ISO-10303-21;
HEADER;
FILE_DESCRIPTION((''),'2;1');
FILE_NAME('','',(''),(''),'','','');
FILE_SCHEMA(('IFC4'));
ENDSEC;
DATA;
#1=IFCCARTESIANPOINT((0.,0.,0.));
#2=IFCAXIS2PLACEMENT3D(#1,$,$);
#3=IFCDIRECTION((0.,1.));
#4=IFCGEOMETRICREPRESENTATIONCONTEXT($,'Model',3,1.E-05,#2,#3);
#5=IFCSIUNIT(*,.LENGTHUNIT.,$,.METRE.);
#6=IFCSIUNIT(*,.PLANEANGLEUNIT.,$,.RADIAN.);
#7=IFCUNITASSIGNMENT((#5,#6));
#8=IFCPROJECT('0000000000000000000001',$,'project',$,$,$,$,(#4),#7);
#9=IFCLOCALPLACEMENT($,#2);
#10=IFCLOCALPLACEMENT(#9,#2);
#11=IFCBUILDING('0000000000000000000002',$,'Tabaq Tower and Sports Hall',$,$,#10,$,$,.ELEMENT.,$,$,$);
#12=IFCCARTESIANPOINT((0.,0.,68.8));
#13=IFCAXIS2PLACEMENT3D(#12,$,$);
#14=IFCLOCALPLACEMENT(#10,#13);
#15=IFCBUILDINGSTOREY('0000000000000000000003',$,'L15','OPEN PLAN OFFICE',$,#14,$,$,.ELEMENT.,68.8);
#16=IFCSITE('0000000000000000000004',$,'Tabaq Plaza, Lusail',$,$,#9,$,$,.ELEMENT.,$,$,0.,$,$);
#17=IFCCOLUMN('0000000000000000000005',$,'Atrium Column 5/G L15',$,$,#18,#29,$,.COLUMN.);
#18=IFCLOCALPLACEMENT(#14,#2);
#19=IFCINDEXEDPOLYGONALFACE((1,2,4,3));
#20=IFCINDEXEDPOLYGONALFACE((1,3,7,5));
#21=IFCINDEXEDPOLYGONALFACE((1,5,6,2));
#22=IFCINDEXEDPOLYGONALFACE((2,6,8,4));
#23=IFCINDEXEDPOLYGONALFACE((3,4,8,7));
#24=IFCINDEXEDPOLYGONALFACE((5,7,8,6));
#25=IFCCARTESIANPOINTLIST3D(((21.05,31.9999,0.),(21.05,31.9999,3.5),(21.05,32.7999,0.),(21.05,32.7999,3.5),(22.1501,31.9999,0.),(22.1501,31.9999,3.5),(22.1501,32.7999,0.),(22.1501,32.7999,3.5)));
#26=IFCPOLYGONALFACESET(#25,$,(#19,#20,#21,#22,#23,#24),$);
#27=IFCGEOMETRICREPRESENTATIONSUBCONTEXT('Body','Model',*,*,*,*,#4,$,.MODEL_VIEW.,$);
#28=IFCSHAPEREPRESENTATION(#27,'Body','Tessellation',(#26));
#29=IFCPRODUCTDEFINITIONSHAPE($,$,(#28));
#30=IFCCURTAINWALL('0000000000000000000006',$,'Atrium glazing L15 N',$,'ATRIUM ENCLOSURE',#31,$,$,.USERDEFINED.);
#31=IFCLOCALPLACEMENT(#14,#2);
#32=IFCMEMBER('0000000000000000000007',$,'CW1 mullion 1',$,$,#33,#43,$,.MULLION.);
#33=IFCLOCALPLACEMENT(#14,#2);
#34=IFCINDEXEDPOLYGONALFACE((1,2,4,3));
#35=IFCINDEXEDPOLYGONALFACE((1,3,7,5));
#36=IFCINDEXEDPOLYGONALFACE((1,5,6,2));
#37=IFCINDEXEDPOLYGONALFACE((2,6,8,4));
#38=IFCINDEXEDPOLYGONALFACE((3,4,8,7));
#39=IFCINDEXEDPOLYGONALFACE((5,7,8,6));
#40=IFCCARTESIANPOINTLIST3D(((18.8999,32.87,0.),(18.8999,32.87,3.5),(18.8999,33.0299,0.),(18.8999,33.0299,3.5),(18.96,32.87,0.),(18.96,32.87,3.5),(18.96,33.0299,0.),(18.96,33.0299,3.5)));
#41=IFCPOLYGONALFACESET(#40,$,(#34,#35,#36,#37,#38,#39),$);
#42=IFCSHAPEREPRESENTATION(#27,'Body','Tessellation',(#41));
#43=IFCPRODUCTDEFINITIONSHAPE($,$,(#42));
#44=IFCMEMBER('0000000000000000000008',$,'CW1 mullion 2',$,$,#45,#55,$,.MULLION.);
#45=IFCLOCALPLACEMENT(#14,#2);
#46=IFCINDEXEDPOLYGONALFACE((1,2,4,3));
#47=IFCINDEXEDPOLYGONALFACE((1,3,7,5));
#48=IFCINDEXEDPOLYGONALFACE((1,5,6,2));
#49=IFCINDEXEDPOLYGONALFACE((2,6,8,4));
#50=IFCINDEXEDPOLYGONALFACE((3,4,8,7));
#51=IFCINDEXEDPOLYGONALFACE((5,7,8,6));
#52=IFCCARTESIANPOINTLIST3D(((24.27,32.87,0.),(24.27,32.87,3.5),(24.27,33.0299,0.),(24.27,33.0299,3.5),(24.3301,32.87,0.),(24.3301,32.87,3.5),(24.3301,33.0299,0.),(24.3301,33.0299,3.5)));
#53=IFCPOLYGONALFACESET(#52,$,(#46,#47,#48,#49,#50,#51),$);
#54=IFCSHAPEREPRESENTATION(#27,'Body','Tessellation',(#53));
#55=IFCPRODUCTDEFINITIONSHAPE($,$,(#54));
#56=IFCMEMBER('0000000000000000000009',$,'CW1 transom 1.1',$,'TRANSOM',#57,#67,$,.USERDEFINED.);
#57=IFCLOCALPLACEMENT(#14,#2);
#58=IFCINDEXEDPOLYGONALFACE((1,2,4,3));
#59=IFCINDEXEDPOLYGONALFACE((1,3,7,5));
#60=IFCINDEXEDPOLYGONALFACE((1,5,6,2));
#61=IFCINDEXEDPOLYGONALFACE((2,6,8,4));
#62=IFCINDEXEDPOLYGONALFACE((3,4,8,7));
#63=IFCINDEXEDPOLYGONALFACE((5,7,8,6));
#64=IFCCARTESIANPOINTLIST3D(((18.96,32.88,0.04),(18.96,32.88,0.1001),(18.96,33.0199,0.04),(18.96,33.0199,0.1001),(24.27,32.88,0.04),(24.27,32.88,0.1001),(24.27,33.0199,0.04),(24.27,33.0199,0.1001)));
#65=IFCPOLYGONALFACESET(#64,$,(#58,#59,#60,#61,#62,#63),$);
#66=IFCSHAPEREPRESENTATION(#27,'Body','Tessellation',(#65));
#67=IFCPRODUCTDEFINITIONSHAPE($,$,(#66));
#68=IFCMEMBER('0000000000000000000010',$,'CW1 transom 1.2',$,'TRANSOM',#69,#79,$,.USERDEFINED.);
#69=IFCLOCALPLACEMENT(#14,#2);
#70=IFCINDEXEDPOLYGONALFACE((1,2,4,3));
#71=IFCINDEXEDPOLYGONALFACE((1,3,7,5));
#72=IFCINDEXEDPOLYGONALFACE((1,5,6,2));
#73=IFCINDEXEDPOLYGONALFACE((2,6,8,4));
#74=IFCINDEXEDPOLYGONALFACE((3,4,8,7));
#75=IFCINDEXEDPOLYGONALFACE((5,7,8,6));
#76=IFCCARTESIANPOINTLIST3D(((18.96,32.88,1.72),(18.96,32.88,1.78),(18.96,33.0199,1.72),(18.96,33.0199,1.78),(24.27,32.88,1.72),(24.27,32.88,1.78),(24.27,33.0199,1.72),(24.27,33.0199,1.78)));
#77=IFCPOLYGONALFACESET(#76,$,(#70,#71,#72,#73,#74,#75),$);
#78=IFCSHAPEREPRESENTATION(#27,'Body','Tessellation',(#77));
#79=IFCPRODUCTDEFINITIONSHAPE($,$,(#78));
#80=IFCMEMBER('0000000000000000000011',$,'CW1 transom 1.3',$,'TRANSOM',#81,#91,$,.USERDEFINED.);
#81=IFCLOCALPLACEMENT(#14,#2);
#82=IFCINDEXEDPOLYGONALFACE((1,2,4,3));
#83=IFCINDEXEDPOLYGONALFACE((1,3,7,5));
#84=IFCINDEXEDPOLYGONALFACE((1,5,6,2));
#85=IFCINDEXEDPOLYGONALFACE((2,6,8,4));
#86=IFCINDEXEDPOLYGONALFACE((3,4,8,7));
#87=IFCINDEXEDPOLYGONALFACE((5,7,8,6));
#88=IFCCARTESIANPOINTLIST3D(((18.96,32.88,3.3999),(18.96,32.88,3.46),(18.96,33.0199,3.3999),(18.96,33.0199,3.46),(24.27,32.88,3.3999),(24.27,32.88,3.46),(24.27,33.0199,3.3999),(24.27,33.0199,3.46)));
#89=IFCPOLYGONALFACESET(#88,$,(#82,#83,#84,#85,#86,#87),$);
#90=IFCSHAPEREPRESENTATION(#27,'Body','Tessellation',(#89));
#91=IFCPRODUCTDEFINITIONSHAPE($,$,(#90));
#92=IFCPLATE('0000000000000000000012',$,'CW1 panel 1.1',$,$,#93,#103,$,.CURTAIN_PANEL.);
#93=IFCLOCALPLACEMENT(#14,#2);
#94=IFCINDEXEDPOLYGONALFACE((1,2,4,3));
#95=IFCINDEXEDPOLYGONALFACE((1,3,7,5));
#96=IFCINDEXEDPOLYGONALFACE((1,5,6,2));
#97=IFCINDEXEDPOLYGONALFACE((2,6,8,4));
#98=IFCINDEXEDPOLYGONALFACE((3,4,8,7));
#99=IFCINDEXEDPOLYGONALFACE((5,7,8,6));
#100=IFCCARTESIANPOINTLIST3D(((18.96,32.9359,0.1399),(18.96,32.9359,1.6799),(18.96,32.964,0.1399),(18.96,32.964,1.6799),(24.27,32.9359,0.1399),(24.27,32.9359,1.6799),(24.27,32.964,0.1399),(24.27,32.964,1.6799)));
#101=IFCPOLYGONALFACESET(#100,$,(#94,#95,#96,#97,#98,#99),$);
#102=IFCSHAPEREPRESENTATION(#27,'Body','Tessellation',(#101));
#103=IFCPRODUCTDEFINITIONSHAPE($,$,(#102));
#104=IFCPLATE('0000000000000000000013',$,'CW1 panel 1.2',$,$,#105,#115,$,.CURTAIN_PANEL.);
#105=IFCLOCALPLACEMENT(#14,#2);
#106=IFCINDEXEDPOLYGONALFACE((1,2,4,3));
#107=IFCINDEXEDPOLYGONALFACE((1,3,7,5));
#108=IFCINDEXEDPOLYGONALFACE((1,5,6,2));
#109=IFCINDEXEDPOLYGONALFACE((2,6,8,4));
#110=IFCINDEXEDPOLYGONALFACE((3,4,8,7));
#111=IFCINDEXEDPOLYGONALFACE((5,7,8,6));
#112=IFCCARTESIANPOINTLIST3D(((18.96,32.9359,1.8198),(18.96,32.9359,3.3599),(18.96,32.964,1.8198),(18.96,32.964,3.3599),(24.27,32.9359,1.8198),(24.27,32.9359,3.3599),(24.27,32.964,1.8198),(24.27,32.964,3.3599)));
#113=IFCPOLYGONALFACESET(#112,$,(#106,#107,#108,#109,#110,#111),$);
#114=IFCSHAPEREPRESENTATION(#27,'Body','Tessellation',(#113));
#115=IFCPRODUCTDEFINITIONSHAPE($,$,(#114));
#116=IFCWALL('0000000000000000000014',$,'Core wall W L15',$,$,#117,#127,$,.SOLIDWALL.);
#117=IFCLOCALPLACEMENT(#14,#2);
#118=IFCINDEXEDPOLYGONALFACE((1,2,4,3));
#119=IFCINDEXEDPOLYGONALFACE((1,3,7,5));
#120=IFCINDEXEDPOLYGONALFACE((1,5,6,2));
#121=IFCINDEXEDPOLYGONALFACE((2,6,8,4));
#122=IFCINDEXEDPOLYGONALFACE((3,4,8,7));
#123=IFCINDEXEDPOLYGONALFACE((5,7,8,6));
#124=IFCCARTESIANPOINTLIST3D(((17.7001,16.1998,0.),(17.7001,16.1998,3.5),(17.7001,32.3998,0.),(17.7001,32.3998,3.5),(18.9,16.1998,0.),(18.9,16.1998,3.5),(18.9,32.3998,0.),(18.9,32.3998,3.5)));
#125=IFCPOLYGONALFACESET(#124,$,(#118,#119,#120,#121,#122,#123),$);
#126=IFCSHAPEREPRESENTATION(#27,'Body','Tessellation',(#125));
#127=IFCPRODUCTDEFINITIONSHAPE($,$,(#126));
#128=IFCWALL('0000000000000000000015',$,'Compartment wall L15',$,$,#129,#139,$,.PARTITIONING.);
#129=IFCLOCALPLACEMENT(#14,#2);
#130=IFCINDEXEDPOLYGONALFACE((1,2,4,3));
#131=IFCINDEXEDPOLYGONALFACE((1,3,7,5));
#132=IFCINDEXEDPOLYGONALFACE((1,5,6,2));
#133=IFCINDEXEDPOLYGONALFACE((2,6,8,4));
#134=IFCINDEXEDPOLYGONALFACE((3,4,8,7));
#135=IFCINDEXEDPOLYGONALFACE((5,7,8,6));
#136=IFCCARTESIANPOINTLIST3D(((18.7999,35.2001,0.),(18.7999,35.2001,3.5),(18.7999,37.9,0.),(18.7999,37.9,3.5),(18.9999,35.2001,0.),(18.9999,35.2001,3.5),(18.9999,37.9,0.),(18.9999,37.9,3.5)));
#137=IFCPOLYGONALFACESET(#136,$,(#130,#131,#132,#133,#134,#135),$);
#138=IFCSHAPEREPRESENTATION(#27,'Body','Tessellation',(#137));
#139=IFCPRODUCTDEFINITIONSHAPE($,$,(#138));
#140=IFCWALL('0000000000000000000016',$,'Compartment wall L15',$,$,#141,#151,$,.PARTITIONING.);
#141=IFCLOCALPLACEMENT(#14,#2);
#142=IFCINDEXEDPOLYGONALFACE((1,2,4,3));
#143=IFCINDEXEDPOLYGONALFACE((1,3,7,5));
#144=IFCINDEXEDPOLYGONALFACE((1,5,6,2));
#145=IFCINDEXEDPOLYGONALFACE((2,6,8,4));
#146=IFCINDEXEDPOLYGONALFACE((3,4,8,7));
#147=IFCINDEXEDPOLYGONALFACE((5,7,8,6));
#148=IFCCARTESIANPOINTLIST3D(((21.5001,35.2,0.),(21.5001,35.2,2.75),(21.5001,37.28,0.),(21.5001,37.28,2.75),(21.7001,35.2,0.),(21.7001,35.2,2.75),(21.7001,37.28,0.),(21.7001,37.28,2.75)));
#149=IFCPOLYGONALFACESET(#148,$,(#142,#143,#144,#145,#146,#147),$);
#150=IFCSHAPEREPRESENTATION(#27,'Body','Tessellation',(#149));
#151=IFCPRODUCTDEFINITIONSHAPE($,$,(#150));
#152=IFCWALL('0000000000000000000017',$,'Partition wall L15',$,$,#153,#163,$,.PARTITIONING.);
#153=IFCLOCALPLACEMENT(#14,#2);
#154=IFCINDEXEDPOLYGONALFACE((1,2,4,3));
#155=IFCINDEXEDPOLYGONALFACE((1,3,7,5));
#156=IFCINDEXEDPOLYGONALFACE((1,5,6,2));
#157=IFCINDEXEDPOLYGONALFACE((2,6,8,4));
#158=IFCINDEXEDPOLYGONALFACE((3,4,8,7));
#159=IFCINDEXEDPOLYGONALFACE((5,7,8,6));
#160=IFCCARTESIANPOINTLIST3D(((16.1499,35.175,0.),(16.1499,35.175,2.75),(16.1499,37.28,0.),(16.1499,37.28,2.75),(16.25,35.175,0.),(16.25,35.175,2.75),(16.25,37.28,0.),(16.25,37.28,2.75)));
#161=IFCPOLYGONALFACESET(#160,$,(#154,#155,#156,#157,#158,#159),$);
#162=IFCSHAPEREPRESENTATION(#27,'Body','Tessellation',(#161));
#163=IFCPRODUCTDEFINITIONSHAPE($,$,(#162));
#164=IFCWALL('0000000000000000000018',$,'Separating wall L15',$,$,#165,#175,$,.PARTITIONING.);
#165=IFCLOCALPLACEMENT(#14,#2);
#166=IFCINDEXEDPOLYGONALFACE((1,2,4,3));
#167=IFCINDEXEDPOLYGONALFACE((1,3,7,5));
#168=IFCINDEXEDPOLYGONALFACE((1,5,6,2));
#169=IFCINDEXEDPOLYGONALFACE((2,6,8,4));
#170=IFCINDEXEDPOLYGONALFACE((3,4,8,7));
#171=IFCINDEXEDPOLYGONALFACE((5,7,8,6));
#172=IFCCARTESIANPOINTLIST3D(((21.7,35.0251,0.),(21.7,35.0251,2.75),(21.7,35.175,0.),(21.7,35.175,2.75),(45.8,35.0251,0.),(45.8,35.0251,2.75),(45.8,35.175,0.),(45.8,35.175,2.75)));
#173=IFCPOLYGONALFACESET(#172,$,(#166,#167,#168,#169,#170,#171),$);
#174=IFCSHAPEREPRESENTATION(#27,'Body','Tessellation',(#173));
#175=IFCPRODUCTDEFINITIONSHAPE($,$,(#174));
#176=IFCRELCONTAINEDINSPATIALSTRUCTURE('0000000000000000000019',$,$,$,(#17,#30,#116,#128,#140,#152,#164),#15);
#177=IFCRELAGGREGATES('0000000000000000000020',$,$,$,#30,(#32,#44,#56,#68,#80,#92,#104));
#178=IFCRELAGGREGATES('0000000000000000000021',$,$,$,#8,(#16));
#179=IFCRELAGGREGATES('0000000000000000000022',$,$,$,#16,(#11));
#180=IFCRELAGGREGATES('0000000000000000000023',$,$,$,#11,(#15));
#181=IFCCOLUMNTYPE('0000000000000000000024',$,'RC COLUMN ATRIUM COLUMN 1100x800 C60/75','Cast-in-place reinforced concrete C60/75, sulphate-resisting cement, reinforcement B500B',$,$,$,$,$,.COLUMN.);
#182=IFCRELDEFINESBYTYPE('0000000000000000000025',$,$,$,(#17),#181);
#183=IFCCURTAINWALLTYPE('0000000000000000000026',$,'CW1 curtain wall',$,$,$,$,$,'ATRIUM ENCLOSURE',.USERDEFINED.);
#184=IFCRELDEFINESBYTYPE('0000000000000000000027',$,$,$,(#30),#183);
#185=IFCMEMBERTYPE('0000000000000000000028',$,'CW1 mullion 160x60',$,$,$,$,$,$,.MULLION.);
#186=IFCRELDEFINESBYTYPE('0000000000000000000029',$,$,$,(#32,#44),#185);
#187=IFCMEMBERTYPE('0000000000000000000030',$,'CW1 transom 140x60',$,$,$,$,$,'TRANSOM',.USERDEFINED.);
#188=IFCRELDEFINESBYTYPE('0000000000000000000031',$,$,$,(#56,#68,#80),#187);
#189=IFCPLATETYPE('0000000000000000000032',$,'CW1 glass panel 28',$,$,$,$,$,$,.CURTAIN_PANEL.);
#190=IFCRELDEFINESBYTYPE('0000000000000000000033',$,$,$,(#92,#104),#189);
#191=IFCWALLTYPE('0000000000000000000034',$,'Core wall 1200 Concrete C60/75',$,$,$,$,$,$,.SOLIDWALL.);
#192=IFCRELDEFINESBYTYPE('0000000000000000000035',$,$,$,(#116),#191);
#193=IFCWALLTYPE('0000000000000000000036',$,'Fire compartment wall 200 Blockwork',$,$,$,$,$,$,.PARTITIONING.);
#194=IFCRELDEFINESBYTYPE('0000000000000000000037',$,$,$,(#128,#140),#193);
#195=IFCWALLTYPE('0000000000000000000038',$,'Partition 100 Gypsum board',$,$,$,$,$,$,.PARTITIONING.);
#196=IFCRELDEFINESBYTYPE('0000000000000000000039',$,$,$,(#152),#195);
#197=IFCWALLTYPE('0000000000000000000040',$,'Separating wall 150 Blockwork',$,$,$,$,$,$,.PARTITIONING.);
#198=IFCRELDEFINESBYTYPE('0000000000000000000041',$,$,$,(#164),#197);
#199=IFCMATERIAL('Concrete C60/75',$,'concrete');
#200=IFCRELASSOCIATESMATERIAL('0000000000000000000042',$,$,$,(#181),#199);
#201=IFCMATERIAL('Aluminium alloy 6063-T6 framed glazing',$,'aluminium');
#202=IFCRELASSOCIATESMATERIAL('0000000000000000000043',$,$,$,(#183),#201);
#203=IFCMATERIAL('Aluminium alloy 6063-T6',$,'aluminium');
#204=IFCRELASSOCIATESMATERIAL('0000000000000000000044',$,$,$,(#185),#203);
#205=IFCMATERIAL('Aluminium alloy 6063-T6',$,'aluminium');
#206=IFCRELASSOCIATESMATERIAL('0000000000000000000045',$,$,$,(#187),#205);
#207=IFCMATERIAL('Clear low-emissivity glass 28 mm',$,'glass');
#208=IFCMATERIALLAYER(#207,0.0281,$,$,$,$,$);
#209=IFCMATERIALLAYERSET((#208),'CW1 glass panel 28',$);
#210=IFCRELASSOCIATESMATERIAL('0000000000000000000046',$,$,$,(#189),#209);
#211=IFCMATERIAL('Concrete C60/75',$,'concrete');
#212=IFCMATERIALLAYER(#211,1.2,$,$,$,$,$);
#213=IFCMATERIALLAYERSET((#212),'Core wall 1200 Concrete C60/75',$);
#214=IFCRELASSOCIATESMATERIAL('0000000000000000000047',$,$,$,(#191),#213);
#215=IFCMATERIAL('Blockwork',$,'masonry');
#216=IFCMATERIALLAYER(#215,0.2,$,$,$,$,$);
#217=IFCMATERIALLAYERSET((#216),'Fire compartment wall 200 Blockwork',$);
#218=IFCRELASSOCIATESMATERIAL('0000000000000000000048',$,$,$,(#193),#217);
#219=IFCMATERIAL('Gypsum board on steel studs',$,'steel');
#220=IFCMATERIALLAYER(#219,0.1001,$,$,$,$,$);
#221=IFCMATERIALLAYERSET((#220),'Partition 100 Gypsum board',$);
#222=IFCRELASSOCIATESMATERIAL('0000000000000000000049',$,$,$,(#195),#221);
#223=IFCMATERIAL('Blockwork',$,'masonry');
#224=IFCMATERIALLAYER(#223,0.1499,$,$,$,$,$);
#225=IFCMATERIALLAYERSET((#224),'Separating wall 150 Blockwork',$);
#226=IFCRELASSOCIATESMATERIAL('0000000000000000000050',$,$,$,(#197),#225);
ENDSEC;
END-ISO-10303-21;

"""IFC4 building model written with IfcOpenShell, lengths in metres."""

from ifc_helpers import new_model, si_unit, direction, frame, frame_2d, origin, origin_2d, place, context, subcontext, project, spatial, rectangle, extrude, material, layer, layer_set, material_profile, profile_set, type_object, element, aggregate, save


model = new_model("IFC4")

# Units and contexts
model_context = context("Model", 3, precision=1e-05, world=origin(), true_north=direction((0.0, 1.0)))
body_context = subcontext(model_context, "Body", "Model", "MODEL_VIEW")
ifc_project = project(units=[si_unit("LENGTHUNIT", "METRE"), si_unit("PLANEANGLEUNIT", "RADIAN")], contexts=[model_context])

# Site, building, storey
site_placement = place(None, origin())
site = spatial("IfcSite", under=ifc_project, at=site_placement, Name="Tabaq Plaza, Lusail", CompositionType="ELEMENT", RefElevation=0.0)
building_placement = place(site_placement, origin())
building = spatial("IfcBuilding", under=site, at=building_placement, Name="Tabaq Tower and Sports Hall", CompositionType="ELEMENT")
storey_placement = place(building_placement, frame((0.0, 0.0, 68.8)))
storey = spatial("IfcBuildingStorey", under=building, at=storey_placement, Name="L15", Description="OPEN PLAN OFFICE", CompositionType="ELEMENT", Elevation=68.8)

# Column
ifc_material_1 = material(Name="Concrete C60/75", Category="concrete")
ifc_material_profile_1 = material_profile(ifc_material_1, rectangle(XDim=1.1001, YDim=0.8, at=origin_2d()), Name="ATRIUM COLUMN 1100x800")
ifc_profile_set_1 = profile_set([ifc_material_profile_1], Name="Concrete C60/75")
column_type = type_object("IfcColumnType", Name="RC COLUMN ATRIUM COLUMN 1100x800 C60/75", Description="Cast-in-place reinforced concrete C60/75, sulphate-resisting cement, reinforcement B500B", PredefinedType="COLUMN", material=ifc_profile_set_1)
column_placement = place(storey_placement, frame((21.6001, 32.3999, 0.0), z_axis=(0.0, 0.0, 1.0), x_axis=(1.0, 0.0, 0.0)))
element("IfcColumn", 1, at=column_placement, inside=storey, type_object=column_type, Name="Atrium Column 5/G L15", PredefinedType="COLUMN", context=body_context, shape_type="SweptSolid", body=[
    extrude(rectangle(XDim=1.1001, YDim=0.8, at=origin_2d()), origin(), (0.0, 0.0, 1.0), 3.5),
])

# Curtain wall, members, plates
ifc_material_2 = material(Name="Aluminium alloy 6063-T6 framed glazing", Category="aluminium")
curtain_wall_type = type_object("IfcCurtainWallType", Name="CW1 curtain wall", ElementType="ATRIUM ENCLOSURE", PredefinedType="USERDEFINED", material=ifc_material_2)
curtain_wall_placement = place(storey_placement, origin())
curtain_wall = element("IfcCurtainWall", 2, at=curtain_wall_placement, inside=storey, type_object=curtain_wall_type, Name="Atrium glazing L15 N", ObjectType="ATRIUM ENCLOSURE", PredefinedType="USERDEFINED")
ifc_material_3 = material(Name="Aluminium alloy 6063-T6", Category="aluminium")
ifc_material_profile_2 = material_profile(ifc_material_3, rectangle(XDim=0.1599, YDim=0.0601, at=origin_2d()), Name="MULLION 160x60")
ifc_profile_set_2 = profile_set([ifc_material_profile_2], Name="Aluminium alloy 6063-T6")
member_type_1 = type_object("IfcMemberType", Name="CW1 mullion 160x60", PredefinedType="MULLION", material=ifc_profile_set_2)
member_1_placement = place(storey_placement, frame((18.9299, 32.95, 0.0), z_axis=(0.0, 0.0, 1.0), x_axis=(0.0, 1.0, 0.0)))
member_1 = element("IfcMember", 3, at=member_1_placement, type_object=member_type_1, Name="CW1 mullion 1", PredefinedType="MULLION", context=body_context, shape_type="SweptSolid", body=[
    extrude(rectangle(XDim=0.1599, YDim=0.0601, at=origin_2d()), origin(), (0.0, 0.0, 1.0), 3.5),
])
member_2_placement = place(storey_placement, frame((24.3, 32.95, 0.0), z_axis=(0.0, 0.0, 1.0), x_axis=(0.0, 1.0, 0.0)))
member_2 = element("IfcMember", 4, at=member_2_placement, type_object=member_type_1, Name="CW1 mullion 2", PredefinedType="MULLION", context=body_context, shape_type="SweptSolid", body=[
    extrude(rectangle(XDim=0.1599, YDim=0.0601, at=origin_2d()), origin(), (0.0, 0.0, 1.0), 3.5),
])
ifc_material_4 = material(Name="Aluminium alloy 6063-T6", Category="aluminium")
ifc_material_profile_3 = material_profile(ifc_material_4, rectangle(XDim=0.1399, YDim=0.0601, at=origin_2d()), Name="TRANSOM 140x60")
ifc_profile_set_3 = profile_set([ifc_material_profile_3], Name="Aluminium alloy 6063-T6")
member_type_2 = type_object("IfcMemberType", Name="CW1 transom 140x60", ElementType="TRANSOM", PredefinedType="USERDEFINED", material=ifc_profile_set_3)
member_3_placement = place(storey_placement, frame((18.96, 32.95, 0.0701), z_axis=(1.0, 0.0, 0.0), x_axis=(0.0, 1.0, 0.0)))
member_3 = element("IfcMember", 5, at=member_3_placement, type_object=member_type_2, Name="CW1 transom 1.1", ObjectType="TRANSOM", PredefinedType="USERDEFINED", context=body_context, shape_type="SweptSolid", body=[
    extrude(rectangle(XDim=0.1399, YDim=0.0601, at=origin_2d()), origin(), (0.0, 0.0, 1.0), 5.3101),
])
member_4_placement = place(storey_placement, frame((18.96, 32.95, 1.75), z_axis=(1.0, 0.0, 0.0), x_axis=(0.0, 1.0, 0.0)))
member_4 = element("IfcMember", 6, at=member_4_placement, type_object=member_type_2, Name="CW1 transom 1.2", ObjectType="TRANSOM", PredefinedType="USERDEFINED", context=body_context, shape_type="SweptSolid", body=[
    extrude(rectangle(XDim=0.1399, YDim=0.0601, at=origin_2d()), origin(), (0.0, 0.0, 1.0), 5.3101),
])
member_5_placement = place(storey_placement, frame((18.96, 32.95, 3.4299), z_axis=(1.0, 0.0, 0.0), x_axis=(0.0, 1.0, 0.0)))
member_5 = element("IfcMember", 7, at=member_5_placement, type_object=member_type_2, Name="CW1 transom 1.3", ObjectType="TRANSOM", PredefinedType="USERDEFINED", context=body_context, shape_type="SweptSolid", body=[
    extrude(rectangle(XDim=0.1399, YDim=0.0601, at=origin_2d()), origin(), (0.0, 0.0, 1.0), 5.3101),
])
ifc_material_5 = material(Name="Clear low-emissivity glass 28 mm", Category="glass")
ifc_layer_1 = layer(ifc_material_5, 0.0281)
ifc_layer_set_1 = layer_set([ifc_layer_1], Name="CW1 glass panel 28")
plate_type = type_object("IfcPlateType", Name="CW1 glass panel 28", PredefinedType="CURTAIN_PANEL", material=ifc_layer_set_1)
plate_1_placement = place(storey_placement, frame((21.615, 32.95, 0.1399), z_axis=(0.0, 0.0, 1.0), x_axis=(1.0, 0.0, 0.0)))
plate_1 = element("IfcPlate", 8, at=plate_1_placement, type_object=plate_type, Name="CW1 panel 1.1", PredefinedType="CURTAIN_PANEL", context=body_context, shape_type="SweptSolid", body=[
    extrude(rectangle(XDim=5.3101, YDim=0.0281, at=origin_2d()), origin(), (0.0, 0.0, 1.0), 1.54),
])
plate_2_placement = place(storey_placement, frame((21.615, 32.95, 1.8198), z_axis=(0.0, 0.0, 1.0), x_axis=(1.0, 0.0, 0.0)))
plate_2 = element("IfcPlate", 9, at=plate_2_placement, type_object=plate_type, Name="CW1 panel 1.2", PredefinedType="CURTAIN_PANEL", context=body_context, shape_type="SweptSolid", body=[
    extrude(rectangle(XDim=5.3101, YDim=0.0281, at=origin_2d()), origin(), (0.0, 0.0, 1.0), 1.54),
])
aggregate(curtain_wall, [member_1, member_2, member_3, member_4, member_5, plate_1, plate_2])

# Wall
ifc_material_6 = material(Name="Concrete C60/75", Category="concrete")
ifc_layer_2 = layer(ifc_material_6, 1.2)
ifc_layer_set_2 = layer_set([ifc_layer_2], Name="Core wall 1200 Concrete C60/75")
wall_type_1 = type_object("IfcWallType", Name="Core wall 1200 Concrete C60/75", PredefinedType="SOLIDWALL", material=ifc_layer_set_2)
wall_1_placement = place(storey_placement, frame((18.3, 32.3999, 0.0), z_axis=(0.0, 0.0, 1.0), x_axis=(0.0, -1.0, 0.0)))
element("IfcWall", 10, at=wall_1_placement, inside=storey, type_object=wall_type_1, Name="Core wall W L15", PredefinedType="SOLIDWALL", context=body_context, shape_type="SweptSolid", body=[
    extrude(rectangle(XDim=16.2, YDim=1.2, at=frame_2d((8.1001, 0.0))), origin(), (0.0, 0.0, 1.0), 3.5),
])

# Shared definitions
ifc_material_7 = material(Name="Blockwork", Category="masonry")
ifc_layer_3 = layer(ifc_material_7, 0.2)
ifc_layer_set_3 = layer_set([ifc_layer_3], Name="Fire compartment wall 200 Blockwork")
wall_type_2 = type_object("IfcWallType", Name="Fire compartment wall 200 Blockwork", PredefinedType="PARTITIONING", material=ifc_layer_set_3)

# Walls
wall_2_placement = place(storey_placement, frame((18.8999, 35.2, 0.0), z_axis=(0.0, 0.0, 1.0), x_axis=(0.0, 1.0, 0.0)))
element("IfcWall", 11, at=wall_2_placement, inside=storey, type_object=wall_type_2, Name="Compartment wall L15", PredefinedType="PARTITIONING", context=body_context, shape_type="SweptSolid", body=[
    extrude(rectangle(XDim=2.7, YDim=0.2, at=frame_2d((1.3501, 0.0))), origin(), (0.0, 0.0, 1.0), 3.5),
])
wall_3_placement = place(storey_placement, frame((21.6001, 35.2, 0.0), z_axis=(0.0, 0.0, 1.0), x_axis=(0.0, 1.0, 0.0)))
element("IfcWall", 12, at=wall_3_placement, inside=storey, type_object=wall_type_2, Name="Compartment wall L15", PredefinedType="PARTITIONING", context=body_context, shape_type="SweptSolid", body=[
    extrude(rectangle(XDim=2.0801, YDim=0.2, at=frame_2d((1.04, 0.0))), origin(), (0.0, 0.0, 1.0), 2.75),
])
ifc_material_8 = material(Name="Gypsum board on steel studs", Category="steel")
ifc_layer_4 = layer(ifc_material_8, 0.1001)
ifc_layer_set_4 = layer_set([ifc_layer_4], Name="Partition 100 Gypsum board")
wall_type_3 = type_object("IfcWallType", Name="Partition 100 Gypsum board", PredefinedType="PARTITIONING", material=ifc_layer_set_4)
wall_4_placement = place(storey_placement, frame((16.2, 35.175, 0.0), z_axis=(0.0, 0.0, 1.0), x_axis=(0.0, 1.0, 0.0)))
element("IfcWall", 13, at=wall_4_placement, inside=storey, type_object=wall_type_3, Name="Partition wall L15", PredefinedType="PARTITIONING", context=body_context, shape_type="SweptSolid", body=[
    extrude(rectangle(XDim=2.105, YDim=0.1001, at=frame_2d((1.0525, 0.0))), origin(), (0.0, 0.0, 1.0), 2.75),
])
ifc_material_9 = material(Name="Blockwork", Category="masonry")
ifc_layer_5 = layer(ifc_material_9, 0.1499)
ifc_layer_set_5 = layer_set([ifc_layer_5], Name="Separating wall 150 Blockwork")
wall_type_4 = type_object("IfcWallType", Name="Separating wall 150 Blockwork", PredefinedType="PARTITIONING", material=ifc_layer_set_5)
wall_5_placement = place(storey_placement, frame((21.7, 35.1001, 0.0), z_axis=(0.0, 0.0, 1.0), x_axis=(1.0, 0.0, 0.0)))
element("IfcWall", 14, at=wall_5_placement, inside=storey, type_object=wall_type_4, Name="Separating wall L15", PredefinedType="PARTITIONING", context=body_context, shape_type="SweptSolid", body=[
    extrude(rectangle(XDim=24.1001, YDim=0.1499, at=frame_2d((12.05, 0.0))), origin(), (0.0, 0.0, 1.0), 2.75),
])

save(model, "model.ifc")
